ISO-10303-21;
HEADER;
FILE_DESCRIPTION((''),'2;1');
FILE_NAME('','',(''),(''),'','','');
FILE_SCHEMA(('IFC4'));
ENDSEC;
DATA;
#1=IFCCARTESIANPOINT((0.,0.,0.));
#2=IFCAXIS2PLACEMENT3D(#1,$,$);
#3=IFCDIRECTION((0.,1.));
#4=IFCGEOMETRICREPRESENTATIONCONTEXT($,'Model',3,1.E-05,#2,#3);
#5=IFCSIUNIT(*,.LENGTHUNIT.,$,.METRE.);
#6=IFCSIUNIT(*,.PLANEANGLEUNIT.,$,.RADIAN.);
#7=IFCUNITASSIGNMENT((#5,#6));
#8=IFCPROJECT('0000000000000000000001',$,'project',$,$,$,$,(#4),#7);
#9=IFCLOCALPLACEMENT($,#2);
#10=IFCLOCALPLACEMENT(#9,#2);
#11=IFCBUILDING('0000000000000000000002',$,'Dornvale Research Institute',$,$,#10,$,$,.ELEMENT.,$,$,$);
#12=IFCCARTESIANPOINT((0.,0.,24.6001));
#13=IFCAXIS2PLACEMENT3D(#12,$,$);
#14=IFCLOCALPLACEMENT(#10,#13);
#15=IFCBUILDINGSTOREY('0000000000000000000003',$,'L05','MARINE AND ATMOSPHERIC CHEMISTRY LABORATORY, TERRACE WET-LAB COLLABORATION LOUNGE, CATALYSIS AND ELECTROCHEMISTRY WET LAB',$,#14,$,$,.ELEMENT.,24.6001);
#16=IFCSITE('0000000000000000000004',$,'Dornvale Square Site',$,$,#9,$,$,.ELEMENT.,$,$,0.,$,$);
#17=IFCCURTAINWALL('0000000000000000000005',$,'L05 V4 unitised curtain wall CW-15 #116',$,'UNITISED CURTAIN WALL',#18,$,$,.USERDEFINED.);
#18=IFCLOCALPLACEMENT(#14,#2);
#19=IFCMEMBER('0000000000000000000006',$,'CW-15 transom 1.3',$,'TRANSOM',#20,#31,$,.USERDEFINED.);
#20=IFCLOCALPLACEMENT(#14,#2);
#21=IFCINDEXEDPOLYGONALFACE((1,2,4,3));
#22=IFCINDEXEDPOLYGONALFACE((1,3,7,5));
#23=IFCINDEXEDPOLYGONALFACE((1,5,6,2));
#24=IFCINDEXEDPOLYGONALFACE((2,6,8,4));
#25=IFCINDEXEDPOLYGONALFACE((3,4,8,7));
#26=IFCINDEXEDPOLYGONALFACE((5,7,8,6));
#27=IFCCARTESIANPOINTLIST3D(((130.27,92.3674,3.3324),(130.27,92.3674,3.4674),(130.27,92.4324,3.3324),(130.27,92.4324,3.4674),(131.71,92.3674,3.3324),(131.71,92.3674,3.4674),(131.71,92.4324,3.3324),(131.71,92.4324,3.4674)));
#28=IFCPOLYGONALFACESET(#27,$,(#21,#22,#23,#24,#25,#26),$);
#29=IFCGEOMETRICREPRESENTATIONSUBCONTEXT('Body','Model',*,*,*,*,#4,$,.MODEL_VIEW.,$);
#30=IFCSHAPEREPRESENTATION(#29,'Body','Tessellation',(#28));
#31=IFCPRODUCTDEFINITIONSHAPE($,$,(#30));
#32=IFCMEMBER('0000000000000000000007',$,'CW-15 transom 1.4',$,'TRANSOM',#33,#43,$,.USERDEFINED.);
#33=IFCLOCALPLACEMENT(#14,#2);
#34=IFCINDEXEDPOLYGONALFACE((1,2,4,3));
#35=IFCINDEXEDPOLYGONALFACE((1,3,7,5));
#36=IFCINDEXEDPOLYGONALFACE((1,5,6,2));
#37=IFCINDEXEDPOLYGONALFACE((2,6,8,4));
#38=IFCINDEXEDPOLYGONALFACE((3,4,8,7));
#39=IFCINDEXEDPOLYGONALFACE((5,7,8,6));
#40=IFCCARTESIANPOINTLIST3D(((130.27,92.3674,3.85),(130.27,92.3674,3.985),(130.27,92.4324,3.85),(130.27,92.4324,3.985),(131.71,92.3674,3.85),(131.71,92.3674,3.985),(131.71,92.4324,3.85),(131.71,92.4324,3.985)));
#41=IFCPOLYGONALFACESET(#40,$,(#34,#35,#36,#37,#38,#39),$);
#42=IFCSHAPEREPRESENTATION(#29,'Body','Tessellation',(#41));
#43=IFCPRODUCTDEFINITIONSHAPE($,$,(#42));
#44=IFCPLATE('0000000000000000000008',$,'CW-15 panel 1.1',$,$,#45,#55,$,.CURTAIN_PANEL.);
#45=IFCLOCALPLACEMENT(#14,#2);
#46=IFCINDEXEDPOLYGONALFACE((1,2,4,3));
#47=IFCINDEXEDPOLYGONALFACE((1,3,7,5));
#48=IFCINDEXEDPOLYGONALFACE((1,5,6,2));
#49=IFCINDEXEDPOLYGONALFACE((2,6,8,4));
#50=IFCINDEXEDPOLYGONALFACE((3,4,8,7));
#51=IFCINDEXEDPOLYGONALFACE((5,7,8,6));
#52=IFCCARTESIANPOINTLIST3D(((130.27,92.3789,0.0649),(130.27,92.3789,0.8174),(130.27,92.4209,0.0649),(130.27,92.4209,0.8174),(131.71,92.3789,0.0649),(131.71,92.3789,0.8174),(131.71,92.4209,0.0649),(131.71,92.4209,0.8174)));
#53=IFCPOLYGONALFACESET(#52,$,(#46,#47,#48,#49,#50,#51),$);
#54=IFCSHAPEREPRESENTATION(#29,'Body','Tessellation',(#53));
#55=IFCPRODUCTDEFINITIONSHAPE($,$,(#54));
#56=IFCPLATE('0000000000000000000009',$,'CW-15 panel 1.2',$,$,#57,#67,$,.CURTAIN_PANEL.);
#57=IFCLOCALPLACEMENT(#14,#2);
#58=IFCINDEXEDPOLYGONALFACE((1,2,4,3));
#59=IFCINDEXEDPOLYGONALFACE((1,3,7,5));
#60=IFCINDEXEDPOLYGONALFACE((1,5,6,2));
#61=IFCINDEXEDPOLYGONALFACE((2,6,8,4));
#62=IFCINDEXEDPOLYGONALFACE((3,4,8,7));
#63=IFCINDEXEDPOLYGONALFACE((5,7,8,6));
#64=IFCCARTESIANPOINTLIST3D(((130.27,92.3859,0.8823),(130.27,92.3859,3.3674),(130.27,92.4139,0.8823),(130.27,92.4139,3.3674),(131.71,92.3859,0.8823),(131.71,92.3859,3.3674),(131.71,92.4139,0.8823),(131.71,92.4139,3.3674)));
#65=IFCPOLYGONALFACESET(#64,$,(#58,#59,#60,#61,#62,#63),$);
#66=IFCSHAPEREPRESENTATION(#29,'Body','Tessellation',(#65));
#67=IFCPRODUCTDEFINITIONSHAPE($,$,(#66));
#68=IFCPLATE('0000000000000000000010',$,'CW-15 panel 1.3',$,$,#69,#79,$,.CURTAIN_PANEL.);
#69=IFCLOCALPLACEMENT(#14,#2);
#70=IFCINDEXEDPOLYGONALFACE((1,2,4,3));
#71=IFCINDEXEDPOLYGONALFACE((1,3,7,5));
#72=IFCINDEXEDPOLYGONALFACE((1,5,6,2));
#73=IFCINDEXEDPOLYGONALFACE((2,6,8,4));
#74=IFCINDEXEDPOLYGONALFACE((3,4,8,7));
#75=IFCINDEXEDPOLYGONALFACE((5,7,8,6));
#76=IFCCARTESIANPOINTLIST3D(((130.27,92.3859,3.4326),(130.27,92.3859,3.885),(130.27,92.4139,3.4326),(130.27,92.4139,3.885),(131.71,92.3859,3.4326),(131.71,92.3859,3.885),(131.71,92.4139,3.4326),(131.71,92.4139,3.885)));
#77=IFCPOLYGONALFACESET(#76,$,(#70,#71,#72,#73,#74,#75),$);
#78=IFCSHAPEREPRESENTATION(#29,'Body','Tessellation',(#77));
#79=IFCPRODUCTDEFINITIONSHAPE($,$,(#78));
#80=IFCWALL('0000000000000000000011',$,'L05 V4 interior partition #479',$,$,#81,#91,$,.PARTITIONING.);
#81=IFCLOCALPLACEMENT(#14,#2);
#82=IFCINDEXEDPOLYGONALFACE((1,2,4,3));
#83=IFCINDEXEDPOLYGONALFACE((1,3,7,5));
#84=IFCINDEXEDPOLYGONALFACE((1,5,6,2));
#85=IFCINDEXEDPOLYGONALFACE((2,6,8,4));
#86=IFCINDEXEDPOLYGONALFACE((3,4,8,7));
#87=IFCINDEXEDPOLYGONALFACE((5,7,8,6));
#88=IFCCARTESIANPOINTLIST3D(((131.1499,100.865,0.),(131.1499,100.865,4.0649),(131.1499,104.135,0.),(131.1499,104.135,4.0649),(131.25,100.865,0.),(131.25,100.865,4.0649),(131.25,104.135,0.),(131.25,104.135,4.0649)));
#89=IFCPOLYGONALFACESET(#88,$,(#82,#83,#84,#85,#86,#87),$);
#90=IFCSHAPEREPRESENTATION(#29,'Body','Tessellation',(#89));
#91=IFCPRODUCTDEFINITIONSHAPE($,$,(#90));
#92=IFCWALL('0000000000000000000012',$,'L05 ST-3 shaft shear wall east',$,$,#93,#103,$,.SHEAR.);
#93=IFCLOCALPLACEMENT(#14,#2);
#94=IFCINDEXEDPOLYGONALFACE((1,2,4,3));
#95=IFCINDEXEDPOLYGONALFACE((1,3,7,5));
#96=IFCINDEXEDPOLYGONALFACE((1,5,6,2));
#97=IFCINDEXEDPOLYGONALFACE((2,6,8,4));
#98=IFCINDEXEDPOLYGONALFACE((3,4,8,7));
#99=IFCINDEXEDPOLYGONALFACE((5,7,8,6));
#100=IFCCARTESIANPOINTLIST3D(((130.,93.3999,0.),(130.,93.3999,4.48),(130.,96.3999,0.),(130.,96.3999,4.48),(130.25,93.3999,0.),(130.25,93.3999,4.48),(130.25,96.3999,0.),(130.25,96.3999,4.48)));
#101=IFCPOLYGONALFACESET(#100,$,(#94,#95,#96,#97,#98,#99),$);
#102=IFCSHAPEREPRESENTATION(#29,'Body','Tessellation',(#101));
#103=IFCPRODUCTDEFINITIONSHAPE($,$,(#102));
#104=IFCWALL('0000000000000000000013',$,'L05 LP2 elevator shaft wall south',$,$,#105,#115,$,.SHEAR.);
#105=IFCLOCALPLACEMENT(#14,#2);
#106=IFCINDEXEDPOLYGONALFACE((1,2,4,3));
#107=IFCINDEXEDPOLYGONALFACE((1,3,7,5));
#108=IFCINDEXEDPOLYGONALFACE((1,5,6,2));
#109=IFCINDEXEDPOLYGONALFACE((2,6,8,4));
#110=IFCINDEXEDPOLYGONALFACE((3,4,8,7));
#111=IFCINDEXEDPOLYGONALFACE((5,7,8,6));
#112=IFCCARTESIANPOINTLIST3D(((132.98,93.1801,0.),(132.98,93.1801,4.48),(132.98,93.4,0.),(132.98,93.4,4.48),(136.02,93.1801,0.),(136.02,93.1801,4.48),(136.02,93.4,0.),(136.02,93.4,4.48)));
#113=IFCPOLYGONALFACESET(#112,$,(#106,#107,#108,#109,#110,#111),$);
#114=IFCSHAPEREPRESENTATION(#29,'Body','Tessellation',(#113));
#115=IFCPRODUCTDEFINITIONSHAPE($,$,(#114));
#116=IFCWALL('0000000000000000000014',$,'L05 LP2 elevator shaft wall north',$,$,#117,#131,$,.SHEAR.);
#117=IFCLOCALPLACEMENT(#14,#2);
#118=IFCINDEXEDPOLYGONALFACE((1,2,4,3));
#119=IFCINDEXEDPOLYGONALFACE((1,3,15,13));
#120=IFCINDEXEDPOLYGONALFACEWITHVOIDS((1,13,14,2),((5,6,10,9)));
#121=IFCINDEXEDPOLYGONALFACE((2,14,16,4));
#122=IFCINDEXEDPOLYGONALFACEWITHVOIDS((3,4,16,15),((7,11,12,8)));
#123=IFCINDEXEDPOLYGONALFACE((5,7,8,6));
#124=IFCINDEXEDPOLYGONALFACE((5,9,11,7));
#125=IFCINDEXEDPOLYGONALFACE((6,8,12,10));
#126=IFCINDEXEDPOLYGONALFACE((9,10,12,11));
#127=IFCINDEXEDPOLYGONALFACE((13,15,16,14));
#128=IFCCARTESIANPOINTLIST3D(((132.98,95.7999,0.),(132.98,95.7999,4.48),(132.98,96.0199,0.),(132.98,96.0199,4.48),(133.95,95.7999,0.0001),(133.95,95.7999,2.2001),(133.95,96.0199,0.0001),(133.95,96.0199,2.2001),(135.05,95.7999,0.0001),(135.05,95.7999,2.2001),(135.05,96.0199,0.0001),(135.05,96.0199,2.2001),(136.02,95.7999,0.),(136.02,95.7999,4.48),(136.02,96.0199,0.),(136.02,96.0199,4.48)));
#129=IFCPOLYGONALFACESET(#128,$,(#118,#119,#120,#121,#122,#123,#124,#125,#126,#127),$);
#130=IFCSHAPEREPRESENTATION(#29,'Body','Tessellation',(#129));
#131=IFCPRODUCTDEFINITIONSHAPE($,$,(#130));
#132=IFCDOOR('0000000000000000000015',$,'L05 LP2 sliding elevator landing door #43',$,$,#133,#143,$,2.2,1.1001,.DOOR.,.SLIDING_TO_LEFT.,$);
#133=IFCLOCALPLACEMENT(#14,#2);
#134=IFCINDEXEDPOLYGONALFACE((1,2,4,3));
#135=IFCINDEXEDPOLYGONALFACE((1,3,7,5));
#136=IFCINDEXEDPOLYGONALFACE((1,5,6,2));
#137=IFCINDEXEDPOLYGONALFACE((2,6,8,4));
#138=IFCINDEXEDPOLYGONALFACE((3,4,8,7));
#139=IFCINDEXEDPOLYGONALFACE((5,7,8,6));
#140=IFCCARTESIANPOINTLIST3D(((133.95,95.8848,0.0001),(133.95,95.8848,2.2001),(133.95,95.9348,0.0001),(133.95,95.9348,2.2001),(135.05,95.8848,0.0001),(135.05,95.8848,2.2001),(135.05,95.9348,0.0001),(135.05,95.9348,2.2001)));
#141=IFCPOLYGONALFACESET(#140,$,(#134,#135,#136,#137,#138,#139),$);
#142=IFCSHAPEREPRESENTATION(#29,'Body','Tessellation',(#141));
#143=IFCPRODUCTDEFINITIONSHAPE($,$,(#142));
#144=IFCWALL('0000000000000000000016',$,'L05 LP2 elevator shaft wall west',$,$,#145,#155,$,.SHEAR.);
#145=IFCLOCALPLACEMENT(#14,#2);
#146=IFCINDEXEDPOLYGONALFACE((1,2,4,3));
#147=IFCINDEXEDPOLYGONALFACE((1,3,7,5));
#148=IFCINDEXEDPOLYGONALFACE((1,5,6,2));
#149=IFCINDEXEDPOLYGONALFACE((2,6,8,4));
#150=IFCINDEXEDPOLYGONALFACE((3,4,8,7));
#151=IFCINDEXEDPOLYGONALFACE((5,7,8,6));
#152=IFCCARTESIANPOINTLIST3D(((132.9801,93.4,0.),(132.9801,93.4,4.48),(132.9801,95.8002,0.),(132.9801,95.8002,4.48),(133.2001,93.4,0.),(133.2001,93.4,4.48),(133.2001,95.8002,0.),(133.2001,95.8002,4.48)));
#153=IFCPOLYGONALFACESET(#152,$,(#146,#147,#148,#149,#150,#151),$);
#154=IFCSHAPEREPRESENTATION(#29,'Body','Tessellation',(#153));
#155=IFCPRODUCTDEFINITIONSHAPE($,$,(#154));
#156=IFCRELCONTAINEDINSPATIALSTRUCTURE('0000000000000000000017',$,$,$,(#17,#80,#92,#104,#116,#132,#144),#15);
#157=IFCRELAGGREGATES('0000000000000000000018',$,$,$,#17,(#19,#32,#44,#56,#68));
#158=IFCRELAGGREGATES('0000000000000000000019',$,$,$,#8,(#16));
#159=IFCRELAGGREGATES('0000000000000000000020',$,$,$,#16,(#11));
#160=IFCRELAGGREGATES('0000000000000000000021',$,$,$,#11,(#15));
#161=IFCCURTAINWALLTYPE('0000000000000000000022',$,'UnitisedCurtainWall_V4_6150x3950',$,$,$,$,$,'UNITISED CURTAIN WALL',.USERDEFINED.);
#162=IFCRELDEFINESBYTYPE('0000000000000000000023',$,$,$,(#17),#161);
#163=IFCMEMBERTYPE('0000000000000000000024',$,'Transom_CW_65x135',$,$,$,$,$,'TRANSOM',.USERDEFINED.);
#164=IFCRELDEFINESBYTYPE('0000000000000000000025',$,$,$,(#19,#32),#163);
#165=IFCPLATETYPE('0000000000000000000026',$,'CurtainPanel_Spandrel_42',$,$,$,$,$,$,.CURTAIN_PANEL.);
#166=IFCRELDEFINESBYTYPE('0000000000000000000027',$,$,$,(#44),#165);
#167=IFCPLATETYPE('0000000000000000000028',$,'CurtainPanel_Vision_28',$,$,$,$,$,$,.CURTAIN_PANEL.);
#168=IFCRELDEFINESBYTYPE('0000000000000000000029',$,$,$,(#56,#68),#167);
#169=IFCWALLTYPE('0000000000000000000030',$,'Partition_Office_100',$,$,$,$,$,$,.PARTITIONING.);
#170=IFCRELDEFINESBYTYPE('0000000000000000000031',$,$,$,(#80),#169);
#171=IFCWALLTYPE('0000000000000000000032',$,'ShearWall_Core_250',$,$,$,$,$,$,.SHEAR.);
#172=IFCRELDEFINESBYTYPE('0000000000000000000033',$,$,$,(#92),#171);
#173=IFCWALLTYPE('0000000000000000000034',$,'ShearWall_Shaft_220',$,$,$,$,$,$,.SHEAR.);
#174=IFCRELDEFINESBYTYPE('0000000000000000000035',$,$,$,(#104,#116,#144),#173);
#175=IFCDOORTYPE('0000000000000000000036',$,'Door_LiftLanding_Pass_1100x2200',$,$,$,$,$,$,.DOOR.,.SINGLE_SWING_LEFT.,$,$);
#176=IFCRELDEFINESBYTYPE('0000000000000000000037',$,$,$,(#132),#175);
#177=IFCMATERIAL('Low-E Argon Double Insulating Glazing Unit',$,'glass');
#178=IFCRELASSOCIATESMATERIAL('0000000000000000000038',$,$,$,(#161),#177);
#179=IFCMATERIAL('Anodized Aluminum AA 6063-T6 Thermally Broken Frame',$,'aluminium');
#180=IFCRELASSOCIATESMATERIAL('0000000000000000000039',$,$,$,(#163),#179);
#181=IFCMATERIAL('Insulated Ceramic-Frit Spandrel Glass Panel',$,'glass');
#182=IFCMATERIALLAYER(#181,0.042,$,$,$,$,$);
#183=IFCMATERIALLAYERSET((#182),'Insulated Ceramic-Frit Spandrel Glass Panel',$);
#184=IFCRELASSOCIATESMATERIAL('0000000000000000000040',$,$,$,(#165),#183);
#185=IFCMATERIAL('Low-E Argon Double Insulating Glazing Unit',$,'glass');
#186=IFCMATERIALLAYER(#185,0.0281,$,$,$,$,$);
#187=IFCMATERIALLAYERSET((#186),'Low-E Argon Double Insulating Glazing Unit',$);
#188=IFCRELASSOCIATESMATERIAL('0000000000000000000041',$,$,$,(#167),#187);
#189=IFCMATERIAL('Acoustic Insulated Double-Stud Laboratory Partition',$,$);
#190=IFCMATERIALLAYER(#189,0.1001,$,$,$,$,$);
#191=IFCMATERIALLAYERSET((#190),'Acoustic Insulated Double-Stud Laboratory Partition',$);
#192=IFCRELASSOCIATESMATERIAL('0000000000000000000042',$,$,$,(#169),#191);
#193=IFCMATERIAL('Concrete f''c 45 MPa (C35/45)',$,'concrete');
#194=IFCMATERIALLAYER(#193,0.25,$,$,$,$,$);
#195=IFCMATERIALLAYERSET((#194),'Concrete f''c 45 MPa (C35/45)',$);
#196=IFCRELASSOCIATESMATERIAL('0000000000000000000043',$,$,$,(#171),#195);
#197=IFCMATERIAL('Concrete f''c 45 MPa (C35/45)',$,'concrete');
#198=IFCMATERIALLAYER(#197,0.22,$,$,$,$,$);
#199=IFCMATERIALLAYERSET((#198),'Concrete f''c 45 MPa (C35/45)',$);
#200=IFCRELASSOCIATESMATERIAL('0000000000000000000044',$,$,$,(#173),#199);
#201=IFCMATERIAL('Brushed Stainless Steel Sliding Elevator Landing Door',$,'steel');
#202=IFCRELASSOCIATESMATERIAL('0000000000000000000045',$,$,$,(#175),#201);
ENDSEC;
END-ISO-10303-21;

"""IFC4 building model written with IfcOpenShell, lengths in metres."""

from ifc_helpers import new_model, si_unit, direction, frame, frame_2d, origin, origin_2d, place, context, subcontext, project, spatial, rectangle, extrude, material, layer, layer_set, material_profile, profile_set, type_object, element, fill, aggregate, save


model = new_model("IFC4")

# Units and contexts
model_context = context("Model", 3, precision=1e-05, world=origin(), true_north=direction((0.0, 1.0)))
body_context = subcontext(model_context, "Body", "Model", "MODEL_VIEW")
ifc_project = project(units=[si_unit("LENGTHUNIT", "METRE"), si_unit("PLANEANGLEUNIT", "RADIAN")], contexts=[model_context])

# Site, building, storey
site_placement = place(None, origin())
site = spatial("IfcSite", under=ifc_project, at=site_placement, Name="Dornvale Square Site", CompositionType="ELEMENT", RefElevation=0.0)
building_placement = place(site_placement, origin())
building = spatial("IfcBuilding", under=site, at=building_placement, Name="Dornvale Research Institute", CompositionType="ELEMENT")
storey_placement = place(building_placement, frame((0.0, 0.0, 24.6001)))
storey = spatial("IfcBuildingStorey", under=building, at=storey_placement, Name="L05", Description="MARINE AND ATMOSPHERIC CHEMISTRY LABORATORY, TERRACE WET-LAB COLLABORATION LOUNGE, CATALYSIS AND ELECTROCHEMISTRY WET LAB", CompositionType="ELEMENT", Elevation=24.6001)

# Curtain wall
ifc_material_1 = material(Name="Low-E Argon Double Insulating Glazing Unit", Category="glass")
curtain_wall_type = type_object("IfcCurtainWallType", Name="UnitisedCurtainWall_V4_6150x3950", ElementType="UNITISED CURTAIN WALL", PredefinedType="USERDEFINED", material=ifc_material_1)
curtain_wall_placement = place(storey_placement, origin())
curtain_wall = element("IfcCurtainWall", 1, at=curtain_wall_placement, inside=storey, type_object=curtain_wall_type, Name="L05 V4 unitised curtain wall CW-15 #116", ObjectType="UNITISED CURTAIN WALL", PredefinedType="USERDEFINED")

# Members
ifc_material_2 = material(Name="Anodized Aluminum AA 6063-T6 Thermally Broken Frame", Category="aluminium")
ifc_material_profile_1 = material_profile(ifc_material_2, rectangle(XDim=0.0649, YDim=0.135, at=origin_2d()), Name="ALU TRANSOM 65x135")
ifc_profile_set_1 = profile_set([ifc_material_profile_1], Name="Anodized Aluminum AA 6063-T6 Thermally Broken Frame")
member_type_1 = type_object("IfcMemberType", Name="Transom_CW_65x135", ElementType="TRANSOM", PredefinedType="USERDEFINED", material=ifc_profile_set_1)
member_1_placement = place(storey_placement, frame((131.71, 92.3999, 3.3999), z_axis=(-1.0, 0.0, 0.0), x_axis=(0.0, -1.0, 0.0)))
member_1 = element("IfcMember", 2, at=member_1_placement, type_object=member_type_1, Name="CW-15 transom 1.3", ObjectType="TRANSOM", PredefinedType="USERDEFINED", context=body_context, shape_type="SweptSolid", body=[
    extrude(rectangle(XDim=0.0649, YDim=0.135, at=origin_2d()), origin(), (0.0, 0.0, 1.0), 1.4399),
])
member_2_placement = place(storey_placement, frame((131.71, 92.3999, 3.9175), z_axis=(-1.0, 0.0, 0.0), x_axis=(0.0, -1.0, 0.0)))
member_2 = element("IfcMember", 3, at=member_2_placement, type_object=member_type_1, Name="CW-15 transom 1.4", ObjectType="TRANSOM", PredefinedType="USERDEFINED", context=body_context, shape_type="SweptSolid", body=[
    extrude(rectangle(XDim=0.0649, YDim=0.135, at=origin_2d()), origin(), (0.0, 0.0, 1.0), 1.4399),
])

# Plates
ifc_material_3 = material(Name="Insulated Ceramic-Frit Spandrel Glass Panel", Category="glass")
ifc_layer_1 = layer(ifc_material_3, 0.042)
ifc_layer_set_1 = layer_set([ifc_layer_1], Name="Insulated Ceramic-Frit Spandrel Glass Panel")
plate_type_1 = type_object("IfcPlateType", Name="CurtainPanel_Spandrel_42", PredefinedType="CURTAIN_PANEL", material=ifc_layer_set_1)
plate_1_placement = place(storey_placement, frame((130.99, 92.3999, 0.0649), z_axis=(0.0, 0.0, 1.0), x_axis=(-1.0, 0.0, 0.0)))
plate_1 = element("IfcPlate", 4, at=plate_1_placement, type_object=plate_type_1, Name="CW-15 panel 1.1", PredefinedType="CURTAIN_PANEL", context=body_context, shape_type="SweptSolid", body=[
    extrude(rectangle(XDim=1.4399, YDim=0.042, at=origin_2d()), origin(), (0.0, 0.0, 1.0), 0.7524),
])
ifc_material_4 = material(Name="Low-E Argon Double Insulating Glazing Unit", Category="glass")
ifc_layer_2 = layer(ifc_material_4, 0.0281)
ifc_layer_set_2 = layer_set([ifc_layer_2], Name="Low-E Argon Double Insulating Glazing Unit")
plate_type_2 = type_object("IfcPlateType", Name="CurtainPanel_Vision_28", PredefinedType="CURTAIN_PANEL", material=ifc_layer_set_2)
plate_2_placement = place(storey_placement, frame((130.99, 92.3999, 0.8823), z_axis=(0.0, 0.0, 1.0), x_axis=(-1.0, 0.0, 0.0)))
plate_2 = element("IfcPlate", 5, at=plate_2_placement, type_object=plate_type_2, Name="CW-15 panel 1.2", PredefinedType="CURTAIN_PANEL", context=body_context, shape_type="SweptSolid", body=[
    extrude(rectangle(XDim=1.4399, YDim=0.0281, at=origin_2d()), origin(), (0.0, 0.0, 1.0), 2.4851),
])
plate_3_placement = place(storey_placement, frame((130.99, 92.3999, 3.4326), z_axis=(0.0, 0.0, 1.0), x_axis=(-1.0, 0.0, 0.0)))
plate_3 = element("IfcPlate", 6, at=plate_3_placement, type_object=plate_type_2, Name="CW-15 panel 1.3", PredefinedType="CURTAIN_PANEL", context=body_context, shape_type="SweptSolid", body=[
    extrude(rectangle(XDim=1.4399, YDim=0.0281, at=origin_2d()), origin(), (0.0, 0.0, 1.0), 0.4524),
])
aggregate(curtain_wall, [member_1, member_2, plate_1, plate_2, plate_3])

# Walls
ifc_material_5 = material(Name="Acoustic Insulated Double-Stud Laboratory Partition")
ifc_layer_3 = layer(ifc_material_5, 0.1001)
ifc_layer_set_3 = layer_set([ifc_layer_3], Name="Acoustic Insulated Double-Stud Laboratory Partition")
wall_type_1 = type_object("IfcWallType", Name="Partition_Office_100", PredefinedType="PARTITIONING", material=ifc_layer_set_3)
wall_1_placement = place(storey_placement, frame((131.2, 100.865, 0.0), z_axis=(0.0, 0.0, 1.0), x_axis=(0.0, 1.0, 0.0)))
element("IfcWall", 7, at=wall_1_placement, inside=storey, type_object=wall_type_1, Name="L05 V4 interior partition #479", PredefinedType="PARTITIONING", context=body_context, shape_type="SweptSolid", body=[
    extrude(rectangle(XDim=3.27, YDim=0.1001, at=frame_2d((1.635, 0.0))), origin(), (0.0, 0.0, 1.0), 4.0649),
])
ifc_material_6 = material(Name="Concrete f'c 45 MPa (C35/45)", Category="concrete")
ifc_layer_4 = layer(ifc_material_6, 0.25)
ifc_layer_set_4 = layer_set([ifc_layer_4], Name="Concrete f'c 45 MPa (C35/45)")
wall_type_2 = type_object("IfcWallType", Name="ShearWall_Core_250", PredefinedType="SHEAR", material=ifc_layer_set_4)
wall_2_placement = place(storey_placement, frame((130.125, 93.3999, 0.0), z_axis=(0.0, 0.0, 1.0), x_axis=(0.0, 1.0, 0.0)))
element("IfcWall", 8, at=wall_2_placement, inside=storey, type_object=wall_type_2, Name="L05 ST-3 shaft shear wall east", PredefinedType="SHEAR", context=body_context, shape_type="SweptSolid", body=[
    extrude(rectangle(XDim=3.0, YDim=0.25, at=frame_2d((1.5, 0.0))), origin(), (0.0, 0.0, 1.0), 4.48),
])
ifc_material_7 = material(Name="Concrete f'c 45 MPa (C35/45)", Category="concrete")
ifc_layer_5 = layer(ifc_material_7, 0.22)
ifc_layer_set_5 = layer_set([ifc_layer_5], Name="Concrete f'c 45 MPa (C35/45)")
wall_type_3 = type_object("IfcWallType", Name="ShearWall_Shaft_220", PredefinedType="SHEAR", material=ifc_layer_set_5)
wall_3_placement = place(storey_placement, frame((132.98, 93.29, 0.0), z_axis=(0.0, 0.0, 1.0), x_axis=(1.0, 0.0, 0.0)))
element("IfcWall", 9, at=wall_3_placement, inside=storey, type_object=wall_type_3, Name="L05 LP2 elevator shaft wall south", PredefinedType="SHEAR", context=body_context, shape_type="SweptSolid", body=[
    extrude(rectangle(XDim=3.04, YDim=0.22, at=frame_2d((1.52, 0.0))), origin(), (0.0, 0.0, 1.0), 4.48),
])

# Wall, opening, door
wall_4_placement = place(storey_placement, frame((132.98, 95.9099, 0.0), z_axis=(0.0, 0.0, 1.0), x_axis=(1.0, 0.0, 0.0)))
wall_4 = element("IfcWall", 10, at=wall_4_placement, inside=storey, type_object=wall_type_3, Name="L05 LP2 elevator shaft wall north", PredefinedType="SHEAR", context=body_context, shape_type="SweptSolid", body=[
    extrude(rectangle(XDim=3.04, YDim=0.22, at=frame_2d((1.52, 0.0))), origin(), (0.0, 0.0, 1.0), 4.48),
])
opening_placement = place(wall_4_placement, frame((0.97, 0.0, 0.0)))
opening = element("IfcOpeningElement", 11, at=opening_placement, cuts=wall_4, PredefinedType="OPENING", context=body_context, shape_type="SweptSolid", body=[
    extrude(rectangle(XDim=1.1001, YDim=2.2, at=frame_2d((0.55, 1.1001))), frame((0.0, 0.125, 0.0), z_axis=(0.0, -1.0, 0.0), x_axis=(1.0, 0.0, 0.0)), (0.0, 0.0, 1.0), 0.25),
])
ifc_material_8 = material(Name="Brushed Stainless Steel Sliding Elevator Landing Door", Category="steel")
door_type = type_object("IfcDoorType", Name="Door_LiftLanding_Pass_1100x2200", OperationType="SINGLE_SWING_LEFT", PredefinedType="DOOR", material=ifc_material_8)
door_placement = place(opening_placement, origin())
door = element("IfcDoor", 12, at=door_placement, inside=storey, type_object=door_type, Name="L05 LP2 sliding elevator landing door #43", OperationType="SLIDING_TO_LEFT", OverallHeight=2.2, OverallWidth=1.1001, PredefinedType="DOOR", context=body_context, shape_type="SweptSolid", body=[
    extrude(rectangle(XDim=1.1001, YDim=2.2, at=frame_2d((0.55, 1.1001))), frame((0.0, 0.0249, 0.0), z_axis=(0.0, -1.0, 0.0), x_axis=(1.0, 0.0, 0.0)), (0.0, 0.0, 1.0), 0.05),
])
fill(opening, door)

# Wall
wall_5_placement = place(storey_placement, frame((133.0901, 93.3999, 0.0), z_axis=(0.0, 0.0, 1.0), x_axis=(0.0, 1.0, 0.0)))
element("IfcWall", 13, at=wall_5_placement, inside=storey, type_object=wall_type_3, Name="L05 LP2 elevator shaft wall west", PredefinedType="SHEAR", context=body_context, shape_type="SweptSolid", body=[
    extrude(rectangle(XDim=2.4001, YDim=0.22, at=frame_2d((1.2002, 0.0))), origin(), (0.0, 0.0, 1.0), 4.48),
])

save(model, "model.ifc")
